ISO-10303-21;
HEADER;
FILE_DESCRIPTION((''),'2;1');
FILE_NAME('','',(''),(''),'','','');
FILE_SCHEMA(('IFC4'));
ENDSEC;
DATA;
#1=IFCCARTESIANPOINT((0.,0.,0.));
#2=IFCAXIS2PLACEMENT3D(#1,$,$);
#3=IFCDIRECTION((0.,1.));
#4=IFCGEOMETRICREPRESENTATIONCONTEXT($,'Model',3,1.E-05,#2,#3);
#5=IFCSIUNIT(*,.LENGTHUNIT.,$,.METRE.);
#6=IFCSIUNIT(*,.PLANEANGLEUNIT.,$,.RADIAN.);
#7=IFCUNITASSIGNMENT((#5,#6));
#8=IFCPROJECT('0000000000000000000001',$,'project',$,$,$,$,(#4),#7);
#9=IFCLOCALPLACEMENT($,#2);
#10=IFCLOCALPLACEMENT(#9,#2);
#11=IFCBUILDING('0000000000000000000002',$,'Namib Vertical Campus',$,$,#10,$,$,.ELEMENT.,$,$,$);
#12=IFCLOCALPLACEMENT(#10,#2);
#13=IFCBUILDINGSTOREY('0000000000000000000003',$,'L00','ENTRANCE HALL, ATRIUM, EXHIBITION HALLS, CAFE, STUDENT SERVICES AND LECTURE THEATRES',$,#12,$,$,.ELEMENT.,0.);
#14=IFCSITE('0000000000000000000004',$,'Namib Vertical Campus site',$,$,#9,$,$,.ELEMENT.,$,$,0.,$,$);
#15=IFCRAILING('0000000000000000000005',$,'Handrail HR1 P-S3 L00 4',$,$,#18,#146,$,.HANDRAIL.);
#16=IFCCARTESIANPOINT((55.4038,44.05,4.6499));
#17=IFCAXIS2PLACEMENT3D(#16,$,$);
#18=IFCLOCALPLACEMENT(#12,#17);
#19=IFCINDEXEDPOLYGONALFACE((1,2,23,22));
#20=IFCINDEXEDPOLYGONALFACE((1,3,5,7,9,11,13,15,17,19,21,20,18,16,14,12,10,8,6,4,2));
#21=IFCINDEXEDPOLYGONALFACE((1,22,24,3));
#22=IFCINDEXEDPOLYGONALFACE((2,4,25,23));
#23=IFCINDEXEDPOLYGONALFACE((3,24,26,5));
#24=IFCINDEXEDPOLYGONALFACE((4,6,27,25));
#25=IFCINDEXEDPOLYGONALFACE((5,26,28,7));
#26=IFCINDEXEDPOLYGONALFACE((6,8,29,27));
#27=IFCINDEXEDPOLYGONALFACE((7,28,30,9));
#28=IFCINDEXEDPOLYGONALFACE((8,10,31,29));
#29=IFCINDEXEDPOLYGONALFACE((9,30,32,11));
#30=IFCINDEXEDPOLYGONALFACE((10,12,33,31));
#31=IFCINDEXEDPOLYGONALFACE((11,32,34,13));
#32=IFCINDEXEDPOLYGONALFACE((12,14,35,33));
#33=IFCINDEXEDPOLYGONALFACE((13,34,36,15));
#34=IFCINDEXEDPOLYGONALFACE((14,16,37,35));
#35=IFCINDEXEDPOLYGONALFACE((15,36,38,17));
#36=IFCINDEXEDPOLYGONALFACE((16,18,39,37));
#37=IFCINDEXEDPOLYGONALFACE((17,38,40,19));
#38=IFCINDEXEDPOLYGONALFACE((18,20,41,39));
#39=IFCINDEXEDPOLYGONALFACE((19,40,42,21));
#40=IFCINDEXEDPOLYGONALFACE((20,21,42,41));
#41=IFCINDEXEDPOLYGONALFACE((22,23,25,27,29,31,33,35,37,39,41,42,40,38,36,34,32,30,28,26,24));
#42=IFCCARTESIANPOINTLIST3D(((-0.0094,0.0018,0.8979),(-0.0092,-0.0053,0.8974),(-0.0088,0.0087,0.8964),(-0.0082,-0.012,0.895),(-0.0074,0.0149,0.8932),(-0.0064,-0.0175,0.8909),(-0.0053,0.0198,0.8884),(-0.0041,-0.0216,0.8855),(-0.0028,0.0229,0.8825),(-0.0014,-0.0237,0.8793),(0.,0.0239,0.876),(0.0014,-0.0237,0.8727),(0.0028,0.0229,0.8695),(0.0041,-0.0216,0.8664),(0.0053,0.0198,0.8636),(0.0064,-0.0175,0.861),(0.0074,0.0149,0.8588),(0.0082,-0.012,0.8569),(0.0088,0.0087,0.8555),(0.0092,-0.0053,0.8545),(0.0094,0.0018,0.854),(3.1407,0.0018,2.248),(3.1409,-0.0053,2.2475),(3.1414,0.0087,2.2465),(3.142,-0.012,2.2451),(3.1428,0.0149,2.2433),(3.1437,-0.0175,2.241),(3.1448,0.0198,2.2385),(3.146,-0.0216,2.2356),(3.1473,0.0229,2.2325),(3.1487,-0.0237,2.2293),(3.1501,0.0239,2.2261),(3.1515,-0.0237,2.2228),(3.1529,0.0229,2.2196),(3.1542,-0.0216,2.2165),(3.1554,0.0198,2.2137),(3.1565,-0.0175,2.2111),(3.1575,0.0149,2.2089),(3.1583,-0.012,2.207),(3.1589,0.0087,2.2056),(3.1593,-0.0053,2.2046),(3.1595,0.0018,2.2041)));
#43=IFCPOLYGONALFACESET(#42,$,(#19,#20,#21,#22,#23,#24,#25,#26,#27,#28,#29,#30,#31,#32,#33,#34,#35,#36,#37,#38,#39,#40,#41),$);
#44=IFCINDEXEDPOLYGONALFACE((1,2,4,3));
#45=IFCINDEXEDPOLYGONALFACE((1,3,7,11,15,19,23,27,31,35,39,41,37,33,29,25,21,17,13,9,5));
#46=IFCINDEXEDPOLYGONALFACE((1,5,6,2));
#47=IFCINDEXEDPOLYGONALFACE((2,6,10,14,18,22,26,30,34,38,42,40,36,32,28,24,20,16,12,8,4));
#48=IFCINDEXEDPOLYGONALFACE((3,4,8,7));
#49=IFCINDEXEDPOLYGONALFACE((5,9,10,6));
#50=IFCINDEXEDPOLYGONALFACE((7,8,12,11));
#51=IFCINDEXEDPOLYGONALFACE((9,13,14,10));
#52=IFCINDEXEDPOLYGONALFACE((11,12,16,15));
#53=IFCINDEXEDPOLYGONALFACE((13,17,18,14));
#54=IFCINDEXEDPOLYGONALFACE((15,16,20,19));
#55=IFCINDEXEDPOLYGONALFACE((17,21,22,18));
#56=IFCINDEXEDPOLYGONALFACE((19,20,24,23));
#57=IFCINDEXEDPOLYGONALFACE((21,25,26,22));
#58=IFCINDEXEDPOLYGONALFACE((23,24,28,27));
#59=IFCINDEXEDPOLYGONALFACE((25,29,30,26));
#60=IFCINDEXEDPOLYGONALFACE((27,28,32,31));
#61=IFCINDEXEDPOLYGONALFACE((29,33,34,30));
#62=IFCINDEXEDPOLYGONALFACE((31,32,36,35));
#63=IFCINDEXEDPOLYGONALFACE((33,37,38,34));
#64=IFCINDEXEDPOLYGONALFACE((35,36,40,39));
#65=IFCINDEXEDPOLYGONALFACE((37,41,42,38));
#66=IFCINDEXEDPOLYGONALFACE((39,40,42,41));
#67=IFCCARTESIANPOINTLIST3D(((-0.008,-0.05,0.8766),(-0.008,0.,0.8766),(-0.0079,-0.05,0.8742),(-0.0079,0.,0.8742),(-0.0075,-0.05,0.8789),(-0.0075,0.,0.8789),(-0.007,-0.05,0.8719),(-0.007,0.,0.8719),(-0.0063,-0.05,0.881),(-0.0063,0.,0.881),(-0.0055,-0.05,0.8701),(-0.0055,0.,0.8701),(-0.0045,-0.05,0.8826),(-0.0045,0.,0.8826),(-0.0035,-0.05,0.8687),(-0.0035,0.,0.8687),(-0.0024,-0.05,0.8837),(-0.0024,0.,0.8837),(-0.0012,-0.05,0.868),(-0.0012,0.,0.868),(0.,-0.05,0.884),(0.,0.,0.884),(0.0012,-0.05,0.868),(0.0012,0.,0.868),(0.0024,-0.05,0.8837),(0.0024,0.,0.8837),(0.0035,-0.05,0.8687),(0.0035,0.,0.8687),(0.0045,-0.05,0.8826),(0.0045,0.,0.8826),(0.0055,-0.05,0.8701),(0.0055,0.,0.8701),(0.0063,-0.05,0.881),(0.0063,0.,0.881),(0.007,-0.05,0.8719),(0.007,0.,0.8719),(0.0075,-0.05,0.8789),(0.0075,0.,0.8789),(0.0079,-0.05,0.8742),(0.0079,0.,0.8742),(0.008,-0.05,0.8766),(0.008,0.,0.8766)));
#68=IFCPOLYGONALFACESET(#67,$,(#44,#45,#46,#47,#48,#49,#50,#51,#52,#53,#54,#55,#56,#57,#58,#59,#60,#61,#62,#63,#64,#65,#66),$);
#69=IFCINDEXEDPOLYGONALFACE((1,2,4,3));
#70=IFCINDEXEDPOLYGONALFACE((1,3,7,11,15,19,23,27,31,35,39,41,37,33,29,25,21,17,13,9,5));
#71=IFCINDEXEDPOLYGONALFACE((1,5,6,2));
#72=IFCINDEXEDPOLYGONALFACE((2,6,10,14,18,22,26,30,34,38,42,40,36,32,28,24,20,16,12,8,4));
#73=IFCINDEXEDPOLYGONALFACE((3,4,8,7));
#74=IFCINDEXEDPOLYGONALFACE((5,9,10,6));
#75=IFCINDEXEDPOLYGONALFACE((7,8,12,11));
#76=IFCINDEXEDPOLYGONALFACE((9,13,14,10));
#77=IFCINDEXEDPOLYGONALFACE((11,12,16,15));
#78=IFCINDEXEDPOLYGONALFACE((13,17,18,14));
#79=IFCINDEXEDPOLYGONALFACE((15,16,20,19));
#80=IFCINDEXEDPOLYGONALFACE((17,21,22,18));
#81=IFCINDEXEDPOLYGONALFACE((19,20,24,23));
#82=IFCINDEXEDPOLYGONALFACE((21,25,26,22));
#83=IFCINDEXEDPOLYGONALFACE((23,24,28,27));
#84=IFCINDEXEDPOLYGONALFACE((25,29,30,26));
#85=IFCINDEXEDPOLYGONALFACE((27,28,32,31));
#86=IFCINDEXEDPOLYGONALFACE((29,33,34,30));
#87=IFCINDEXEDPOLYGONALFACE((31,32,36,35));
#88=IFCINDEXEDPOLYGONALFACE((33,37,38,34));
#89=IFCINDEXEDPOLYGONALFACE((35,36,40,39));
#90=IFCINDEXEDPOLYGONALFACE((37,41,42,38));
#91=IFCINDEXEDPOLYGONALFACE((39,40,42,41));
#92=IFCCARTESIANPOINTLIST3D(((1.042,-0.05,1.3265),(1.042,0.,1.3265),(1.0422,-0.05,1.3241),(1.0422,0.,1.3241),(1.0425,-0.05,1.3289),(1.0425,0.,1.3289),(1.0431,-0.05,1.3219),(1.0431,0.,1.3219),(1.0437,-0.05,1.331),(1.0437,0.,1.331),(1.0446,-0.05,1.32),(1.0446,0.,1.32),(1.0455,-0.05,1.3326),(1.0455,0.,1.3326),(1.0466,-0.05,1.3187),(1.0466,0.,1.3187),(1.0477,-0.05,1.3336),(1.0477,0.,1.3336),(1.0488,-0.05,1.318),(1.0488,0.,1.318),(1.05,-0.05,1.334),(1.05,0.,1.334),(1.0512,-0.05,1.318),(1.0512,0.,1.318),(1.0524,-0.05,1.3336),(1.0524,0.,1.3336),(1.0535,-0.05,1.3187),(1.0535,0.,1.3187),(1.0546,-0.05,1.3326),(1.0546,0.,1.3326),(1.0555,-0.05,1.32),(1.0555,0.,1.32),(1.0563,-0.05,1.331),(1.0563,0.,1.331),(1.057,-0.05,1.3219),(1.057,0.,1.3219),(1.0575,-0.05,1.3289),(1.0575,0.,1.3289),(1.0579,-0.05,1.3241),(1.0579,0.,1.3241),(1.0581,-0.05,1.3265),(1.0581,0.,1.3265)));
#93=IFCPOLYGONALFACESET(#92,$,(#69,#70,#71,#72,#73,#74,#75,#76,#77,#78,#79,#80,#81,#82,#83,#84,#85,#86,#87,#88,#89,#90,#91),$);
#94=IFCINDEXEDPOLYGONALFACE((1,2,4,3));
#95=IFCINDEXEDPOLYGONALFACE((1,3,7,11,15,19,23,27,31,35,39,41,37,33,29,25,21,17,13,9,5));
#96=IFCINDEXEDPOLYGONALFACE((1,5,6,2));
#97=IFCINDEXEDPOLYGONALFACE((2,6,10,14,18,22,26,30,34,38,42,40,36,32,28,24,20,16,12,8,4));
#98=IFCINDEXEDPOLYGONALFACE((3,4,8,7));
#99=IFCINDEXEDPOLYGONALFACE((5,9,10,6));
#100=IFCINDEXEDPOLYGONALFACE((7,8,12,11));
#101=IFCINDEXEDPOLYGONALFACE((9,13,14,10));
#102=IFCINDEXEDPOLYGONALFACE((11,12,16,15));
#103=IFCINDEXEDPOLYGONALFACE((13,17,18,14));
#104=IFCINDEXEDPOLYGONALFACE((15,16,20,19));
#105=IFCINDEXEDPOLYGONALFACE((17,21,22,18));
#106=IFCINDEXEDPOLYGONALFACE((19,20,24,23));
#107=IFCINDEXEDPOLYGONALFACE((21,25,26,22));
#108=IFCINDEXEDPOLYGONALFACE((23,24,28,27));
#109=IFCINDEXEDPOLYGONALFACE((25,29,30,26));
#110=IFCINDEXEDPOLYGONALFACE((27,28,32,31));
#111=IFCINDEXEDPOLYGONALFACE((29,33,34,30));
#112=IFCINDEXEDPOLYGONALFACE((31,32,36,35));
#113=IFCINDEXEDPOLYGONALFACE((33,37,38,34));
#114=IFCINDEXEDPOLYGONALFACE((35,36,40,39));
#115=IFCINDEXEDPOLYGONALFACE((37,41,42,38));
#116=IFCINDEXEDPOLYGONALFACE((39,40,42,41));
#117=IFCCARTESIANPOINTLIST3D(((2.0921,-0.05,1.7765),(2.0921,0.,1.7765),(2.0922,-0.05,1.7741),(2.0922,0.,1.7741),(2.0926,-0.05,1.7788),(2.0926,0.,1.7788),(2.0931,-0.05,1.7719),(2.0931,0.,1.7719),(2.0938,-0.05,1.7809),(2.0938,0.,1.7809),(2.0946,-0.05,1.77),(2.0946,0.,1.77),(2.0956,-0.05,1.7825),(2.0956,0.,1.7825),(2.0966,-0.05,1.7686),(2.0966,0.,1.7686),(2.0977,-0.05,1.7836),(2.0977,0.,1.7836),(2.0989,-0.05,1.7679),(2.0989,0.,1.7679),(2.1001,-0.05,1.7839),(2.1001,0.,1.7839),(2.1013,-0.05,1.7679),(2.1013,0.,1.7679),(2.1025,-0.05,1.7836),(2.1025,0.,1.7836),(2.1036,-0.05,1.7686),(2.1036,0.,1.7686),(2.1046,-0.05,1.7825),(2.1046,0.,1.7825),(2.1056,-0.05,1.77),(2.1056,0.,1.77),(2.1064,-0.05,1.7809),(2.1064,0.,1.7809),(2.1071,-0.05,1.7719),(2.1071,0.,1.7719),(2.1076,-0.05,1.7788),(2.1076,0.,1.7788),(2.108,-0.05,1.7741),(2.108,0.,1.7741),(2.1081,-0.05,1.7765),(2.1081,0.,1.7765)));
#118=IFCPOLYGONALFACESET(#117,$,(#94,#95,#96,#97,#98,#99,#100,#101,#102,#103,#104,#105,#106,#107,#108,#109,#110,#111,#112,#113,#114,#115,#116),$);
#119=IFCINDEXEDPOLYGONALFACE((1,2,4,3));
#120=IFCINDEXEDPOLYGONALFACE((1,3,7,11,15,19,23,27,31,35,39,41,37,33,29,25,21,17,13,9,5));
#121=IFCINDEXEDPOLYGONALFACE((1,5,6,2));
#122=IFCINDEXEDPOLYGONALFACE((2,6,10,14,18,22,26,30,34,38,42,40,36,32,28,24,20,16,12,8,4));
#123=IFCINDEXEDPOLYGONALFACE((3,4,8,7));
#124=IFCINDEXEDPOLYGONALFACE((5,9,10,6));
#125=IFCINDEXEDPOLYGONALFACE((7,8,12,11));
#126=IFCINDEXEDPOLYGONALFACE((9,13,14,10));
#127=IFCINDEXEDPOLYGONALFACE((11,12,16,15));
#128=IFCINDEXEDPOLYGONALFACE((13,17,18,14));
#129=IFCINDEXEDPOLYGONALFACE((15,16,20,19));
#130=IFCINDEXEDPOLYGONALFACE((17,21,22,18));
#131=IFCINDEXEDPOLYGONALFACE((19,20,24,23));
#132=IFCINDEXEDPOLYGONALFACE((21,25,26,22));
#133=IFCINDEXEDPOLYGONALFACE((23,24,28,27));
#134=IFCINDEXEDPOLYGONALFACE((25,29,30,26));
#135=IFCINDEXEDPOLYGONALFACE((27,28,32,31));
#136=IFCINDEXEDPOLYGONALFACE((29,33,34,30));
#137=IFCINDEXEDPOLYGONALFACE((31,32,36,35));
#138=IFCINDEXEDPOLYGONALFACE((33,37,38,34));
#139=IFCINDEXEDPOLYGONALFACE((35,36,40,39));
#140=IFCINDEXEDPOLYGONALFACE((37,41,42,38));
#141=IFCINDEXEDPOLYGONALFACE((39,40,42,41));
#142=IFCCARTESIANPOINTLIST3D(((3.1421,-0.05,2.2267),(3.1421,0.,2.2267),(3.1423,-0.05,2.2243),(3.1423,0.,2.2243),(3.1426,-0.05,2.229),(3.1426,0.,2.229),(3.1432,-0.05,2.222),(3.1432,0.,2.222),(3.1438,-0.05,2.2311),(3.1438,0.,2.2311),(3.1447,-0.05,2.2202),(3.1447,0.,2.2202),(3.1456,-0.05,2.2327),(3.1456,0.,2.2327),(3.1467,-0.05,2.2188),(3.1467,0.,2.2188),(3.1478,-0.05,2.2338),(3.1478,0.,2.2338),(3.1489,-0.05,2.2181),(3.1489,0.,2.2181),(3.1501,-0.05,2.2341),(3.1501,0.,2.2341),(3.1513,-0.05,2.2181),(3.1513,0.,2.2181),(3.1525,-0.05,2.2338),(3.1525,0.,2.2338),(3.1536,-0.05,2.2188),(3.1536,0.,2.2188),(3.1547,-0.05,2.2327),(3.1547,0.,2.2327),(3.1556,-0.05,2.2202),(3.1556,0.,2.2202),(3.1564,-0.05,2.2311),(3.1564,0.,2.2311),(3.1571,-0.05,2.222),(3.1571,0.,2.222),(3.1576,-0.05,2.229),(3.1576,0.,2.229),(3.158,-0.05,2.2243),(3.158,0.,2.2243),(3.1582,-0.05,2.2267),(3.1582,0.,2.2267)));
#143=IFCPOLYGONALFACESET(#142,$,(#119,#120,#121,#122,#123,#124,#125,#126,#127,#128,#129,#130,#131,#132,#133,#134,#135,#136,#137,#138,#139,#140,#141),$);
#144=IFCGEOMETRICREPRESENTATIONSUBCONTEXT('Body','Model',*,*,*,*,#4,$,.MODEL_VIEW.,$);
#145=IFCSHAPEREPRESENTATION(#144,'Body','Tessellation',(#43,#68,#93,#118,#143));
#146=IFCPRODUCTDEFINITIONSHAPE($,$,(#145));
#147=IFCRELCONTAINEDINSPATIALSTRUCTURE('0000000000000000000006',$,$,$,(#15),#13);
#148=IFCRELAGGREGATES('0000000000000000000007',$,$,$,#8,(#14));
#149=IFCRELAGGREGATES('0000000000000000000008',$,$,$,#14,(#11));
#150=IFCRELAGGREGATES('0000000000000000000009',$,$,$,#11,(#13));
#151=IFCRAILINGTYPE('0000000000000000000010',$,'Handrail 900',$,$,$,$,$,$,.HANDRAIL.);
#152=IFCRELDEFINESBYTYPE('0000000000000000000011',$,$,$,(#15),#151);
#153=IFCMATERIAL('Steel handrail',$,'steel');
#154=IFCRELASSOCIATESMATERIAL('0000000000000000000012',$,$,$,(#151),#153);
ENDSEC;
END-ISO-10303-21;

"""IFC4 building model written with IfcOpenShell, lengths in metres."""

from ifc_helpers import new_model, si_unit, direction, frame, origin, origin_2d, place, context, subcontext, project, spatial, circle, extrude, material, type_object, element, save


model = new_model("IFC4")

# Units and contexts
model_context = context("Model", 3, precision=1e-05, world=origin(), true_north=direction((0.0, 1.0)))
body_context = subcontext(model_context, "Body", "Model", "MODEL_VIEW")
ifc_project = project(units=[si_unit("LENGTHUNIT", "METRE"), si_unit("PLANEANGLEUNIT", "RADIAN")], contexts=[model_context])

# Site, building, storey
site_placement = place(None, origin())
site = spatial("IfcSite", under=ifc_project, at=site_placement, Name="Namib Vertical Campus site", CompositionType="ELEMENT", RefElevation=0.0)
building_placement = place(site_placement, origin())
building = spatial("IfcBuilding", under=site, at=building_placement, Name="Namib Vertical Campus", CompositionType="ELEMENT")
storey_placement = place(building_placement, origin())
storey = spatial("IfcBuildingStorey", under=building, at=storey_placement, Name="L00", Description="ENTRANCE HALL, ATRIUM, EXHIBITION HALLS, CAFE, STUDENT SERVICES AND LECTURE THEATRES", CompositionType="ELEMENT", Elevation=0.0)

# Railing
ifc_material_1 = material(Name="Steel handrail", Category="steel")
railing_type = type_object("IfcRailingType", Name="Handrail 900", PredefinedType="HANDRAIL", material=ifc_material_1)
for number, where, name in (
    (1, (55.4038, 44.05, 4.6499), "Handrail HR1 P-S3 L00 4"),
):
    element("IfcRailing", number, at=place(storey_placement, frame(where)), inside=storey, type_object=railing_type, Name=name, PredefinedType="HANDRAIL", context=body_context, shape_type="SweptSolid", body=[
        extrude(circle(Radius=0.0239, at=origin_2d()), frame((0.0, 0.0, 0.876), z_axis=(0.919141, 0.0, 0.393928), x_axis=(0.0, 1.0, 0.0)), (0.0, 0.0, 1.0), 3.4272),
        extrude(circle(Radius=0.0081, at=origin_2d()), frame((0.0, 0.0, 0.876), z_axis=(0.0, -1.0, 0.0), x_axis=(0.0, 0.0, 1.0)), (0.0, 0.0, 1.0), 0.05),
        extrude(circle(Radius=0.0081, at=origin_2d()), frame((1.05, 0.0, 1.3259), z_axis=(0.0, -1.0, 0.0), x_axis=(0.0, 0.0, 1.0)), (0.0, 0.0, 1.0), 0.05),
        extrude(circle(Radius=0.0081, at=origin_2d()), frame((2.1001, 0.0, 1.7759), z_axis=(0.0, -1.0, 0.0), x_axis=(0.0, 0.0, 1.0)), (0.0, 0.0, 1.0), 0.05),
        extrude(circle(Radius=0.0081, at=origin_2d()), frame((3.1501, 0.0, 2.2261), z_axis=(0.0, -1.0, 0.0), x_axis=(0.0, 0.0, 1.0)), (0.0, 0.0, 1.0), 0.05),
    ])

save(model, "model.ifc")
